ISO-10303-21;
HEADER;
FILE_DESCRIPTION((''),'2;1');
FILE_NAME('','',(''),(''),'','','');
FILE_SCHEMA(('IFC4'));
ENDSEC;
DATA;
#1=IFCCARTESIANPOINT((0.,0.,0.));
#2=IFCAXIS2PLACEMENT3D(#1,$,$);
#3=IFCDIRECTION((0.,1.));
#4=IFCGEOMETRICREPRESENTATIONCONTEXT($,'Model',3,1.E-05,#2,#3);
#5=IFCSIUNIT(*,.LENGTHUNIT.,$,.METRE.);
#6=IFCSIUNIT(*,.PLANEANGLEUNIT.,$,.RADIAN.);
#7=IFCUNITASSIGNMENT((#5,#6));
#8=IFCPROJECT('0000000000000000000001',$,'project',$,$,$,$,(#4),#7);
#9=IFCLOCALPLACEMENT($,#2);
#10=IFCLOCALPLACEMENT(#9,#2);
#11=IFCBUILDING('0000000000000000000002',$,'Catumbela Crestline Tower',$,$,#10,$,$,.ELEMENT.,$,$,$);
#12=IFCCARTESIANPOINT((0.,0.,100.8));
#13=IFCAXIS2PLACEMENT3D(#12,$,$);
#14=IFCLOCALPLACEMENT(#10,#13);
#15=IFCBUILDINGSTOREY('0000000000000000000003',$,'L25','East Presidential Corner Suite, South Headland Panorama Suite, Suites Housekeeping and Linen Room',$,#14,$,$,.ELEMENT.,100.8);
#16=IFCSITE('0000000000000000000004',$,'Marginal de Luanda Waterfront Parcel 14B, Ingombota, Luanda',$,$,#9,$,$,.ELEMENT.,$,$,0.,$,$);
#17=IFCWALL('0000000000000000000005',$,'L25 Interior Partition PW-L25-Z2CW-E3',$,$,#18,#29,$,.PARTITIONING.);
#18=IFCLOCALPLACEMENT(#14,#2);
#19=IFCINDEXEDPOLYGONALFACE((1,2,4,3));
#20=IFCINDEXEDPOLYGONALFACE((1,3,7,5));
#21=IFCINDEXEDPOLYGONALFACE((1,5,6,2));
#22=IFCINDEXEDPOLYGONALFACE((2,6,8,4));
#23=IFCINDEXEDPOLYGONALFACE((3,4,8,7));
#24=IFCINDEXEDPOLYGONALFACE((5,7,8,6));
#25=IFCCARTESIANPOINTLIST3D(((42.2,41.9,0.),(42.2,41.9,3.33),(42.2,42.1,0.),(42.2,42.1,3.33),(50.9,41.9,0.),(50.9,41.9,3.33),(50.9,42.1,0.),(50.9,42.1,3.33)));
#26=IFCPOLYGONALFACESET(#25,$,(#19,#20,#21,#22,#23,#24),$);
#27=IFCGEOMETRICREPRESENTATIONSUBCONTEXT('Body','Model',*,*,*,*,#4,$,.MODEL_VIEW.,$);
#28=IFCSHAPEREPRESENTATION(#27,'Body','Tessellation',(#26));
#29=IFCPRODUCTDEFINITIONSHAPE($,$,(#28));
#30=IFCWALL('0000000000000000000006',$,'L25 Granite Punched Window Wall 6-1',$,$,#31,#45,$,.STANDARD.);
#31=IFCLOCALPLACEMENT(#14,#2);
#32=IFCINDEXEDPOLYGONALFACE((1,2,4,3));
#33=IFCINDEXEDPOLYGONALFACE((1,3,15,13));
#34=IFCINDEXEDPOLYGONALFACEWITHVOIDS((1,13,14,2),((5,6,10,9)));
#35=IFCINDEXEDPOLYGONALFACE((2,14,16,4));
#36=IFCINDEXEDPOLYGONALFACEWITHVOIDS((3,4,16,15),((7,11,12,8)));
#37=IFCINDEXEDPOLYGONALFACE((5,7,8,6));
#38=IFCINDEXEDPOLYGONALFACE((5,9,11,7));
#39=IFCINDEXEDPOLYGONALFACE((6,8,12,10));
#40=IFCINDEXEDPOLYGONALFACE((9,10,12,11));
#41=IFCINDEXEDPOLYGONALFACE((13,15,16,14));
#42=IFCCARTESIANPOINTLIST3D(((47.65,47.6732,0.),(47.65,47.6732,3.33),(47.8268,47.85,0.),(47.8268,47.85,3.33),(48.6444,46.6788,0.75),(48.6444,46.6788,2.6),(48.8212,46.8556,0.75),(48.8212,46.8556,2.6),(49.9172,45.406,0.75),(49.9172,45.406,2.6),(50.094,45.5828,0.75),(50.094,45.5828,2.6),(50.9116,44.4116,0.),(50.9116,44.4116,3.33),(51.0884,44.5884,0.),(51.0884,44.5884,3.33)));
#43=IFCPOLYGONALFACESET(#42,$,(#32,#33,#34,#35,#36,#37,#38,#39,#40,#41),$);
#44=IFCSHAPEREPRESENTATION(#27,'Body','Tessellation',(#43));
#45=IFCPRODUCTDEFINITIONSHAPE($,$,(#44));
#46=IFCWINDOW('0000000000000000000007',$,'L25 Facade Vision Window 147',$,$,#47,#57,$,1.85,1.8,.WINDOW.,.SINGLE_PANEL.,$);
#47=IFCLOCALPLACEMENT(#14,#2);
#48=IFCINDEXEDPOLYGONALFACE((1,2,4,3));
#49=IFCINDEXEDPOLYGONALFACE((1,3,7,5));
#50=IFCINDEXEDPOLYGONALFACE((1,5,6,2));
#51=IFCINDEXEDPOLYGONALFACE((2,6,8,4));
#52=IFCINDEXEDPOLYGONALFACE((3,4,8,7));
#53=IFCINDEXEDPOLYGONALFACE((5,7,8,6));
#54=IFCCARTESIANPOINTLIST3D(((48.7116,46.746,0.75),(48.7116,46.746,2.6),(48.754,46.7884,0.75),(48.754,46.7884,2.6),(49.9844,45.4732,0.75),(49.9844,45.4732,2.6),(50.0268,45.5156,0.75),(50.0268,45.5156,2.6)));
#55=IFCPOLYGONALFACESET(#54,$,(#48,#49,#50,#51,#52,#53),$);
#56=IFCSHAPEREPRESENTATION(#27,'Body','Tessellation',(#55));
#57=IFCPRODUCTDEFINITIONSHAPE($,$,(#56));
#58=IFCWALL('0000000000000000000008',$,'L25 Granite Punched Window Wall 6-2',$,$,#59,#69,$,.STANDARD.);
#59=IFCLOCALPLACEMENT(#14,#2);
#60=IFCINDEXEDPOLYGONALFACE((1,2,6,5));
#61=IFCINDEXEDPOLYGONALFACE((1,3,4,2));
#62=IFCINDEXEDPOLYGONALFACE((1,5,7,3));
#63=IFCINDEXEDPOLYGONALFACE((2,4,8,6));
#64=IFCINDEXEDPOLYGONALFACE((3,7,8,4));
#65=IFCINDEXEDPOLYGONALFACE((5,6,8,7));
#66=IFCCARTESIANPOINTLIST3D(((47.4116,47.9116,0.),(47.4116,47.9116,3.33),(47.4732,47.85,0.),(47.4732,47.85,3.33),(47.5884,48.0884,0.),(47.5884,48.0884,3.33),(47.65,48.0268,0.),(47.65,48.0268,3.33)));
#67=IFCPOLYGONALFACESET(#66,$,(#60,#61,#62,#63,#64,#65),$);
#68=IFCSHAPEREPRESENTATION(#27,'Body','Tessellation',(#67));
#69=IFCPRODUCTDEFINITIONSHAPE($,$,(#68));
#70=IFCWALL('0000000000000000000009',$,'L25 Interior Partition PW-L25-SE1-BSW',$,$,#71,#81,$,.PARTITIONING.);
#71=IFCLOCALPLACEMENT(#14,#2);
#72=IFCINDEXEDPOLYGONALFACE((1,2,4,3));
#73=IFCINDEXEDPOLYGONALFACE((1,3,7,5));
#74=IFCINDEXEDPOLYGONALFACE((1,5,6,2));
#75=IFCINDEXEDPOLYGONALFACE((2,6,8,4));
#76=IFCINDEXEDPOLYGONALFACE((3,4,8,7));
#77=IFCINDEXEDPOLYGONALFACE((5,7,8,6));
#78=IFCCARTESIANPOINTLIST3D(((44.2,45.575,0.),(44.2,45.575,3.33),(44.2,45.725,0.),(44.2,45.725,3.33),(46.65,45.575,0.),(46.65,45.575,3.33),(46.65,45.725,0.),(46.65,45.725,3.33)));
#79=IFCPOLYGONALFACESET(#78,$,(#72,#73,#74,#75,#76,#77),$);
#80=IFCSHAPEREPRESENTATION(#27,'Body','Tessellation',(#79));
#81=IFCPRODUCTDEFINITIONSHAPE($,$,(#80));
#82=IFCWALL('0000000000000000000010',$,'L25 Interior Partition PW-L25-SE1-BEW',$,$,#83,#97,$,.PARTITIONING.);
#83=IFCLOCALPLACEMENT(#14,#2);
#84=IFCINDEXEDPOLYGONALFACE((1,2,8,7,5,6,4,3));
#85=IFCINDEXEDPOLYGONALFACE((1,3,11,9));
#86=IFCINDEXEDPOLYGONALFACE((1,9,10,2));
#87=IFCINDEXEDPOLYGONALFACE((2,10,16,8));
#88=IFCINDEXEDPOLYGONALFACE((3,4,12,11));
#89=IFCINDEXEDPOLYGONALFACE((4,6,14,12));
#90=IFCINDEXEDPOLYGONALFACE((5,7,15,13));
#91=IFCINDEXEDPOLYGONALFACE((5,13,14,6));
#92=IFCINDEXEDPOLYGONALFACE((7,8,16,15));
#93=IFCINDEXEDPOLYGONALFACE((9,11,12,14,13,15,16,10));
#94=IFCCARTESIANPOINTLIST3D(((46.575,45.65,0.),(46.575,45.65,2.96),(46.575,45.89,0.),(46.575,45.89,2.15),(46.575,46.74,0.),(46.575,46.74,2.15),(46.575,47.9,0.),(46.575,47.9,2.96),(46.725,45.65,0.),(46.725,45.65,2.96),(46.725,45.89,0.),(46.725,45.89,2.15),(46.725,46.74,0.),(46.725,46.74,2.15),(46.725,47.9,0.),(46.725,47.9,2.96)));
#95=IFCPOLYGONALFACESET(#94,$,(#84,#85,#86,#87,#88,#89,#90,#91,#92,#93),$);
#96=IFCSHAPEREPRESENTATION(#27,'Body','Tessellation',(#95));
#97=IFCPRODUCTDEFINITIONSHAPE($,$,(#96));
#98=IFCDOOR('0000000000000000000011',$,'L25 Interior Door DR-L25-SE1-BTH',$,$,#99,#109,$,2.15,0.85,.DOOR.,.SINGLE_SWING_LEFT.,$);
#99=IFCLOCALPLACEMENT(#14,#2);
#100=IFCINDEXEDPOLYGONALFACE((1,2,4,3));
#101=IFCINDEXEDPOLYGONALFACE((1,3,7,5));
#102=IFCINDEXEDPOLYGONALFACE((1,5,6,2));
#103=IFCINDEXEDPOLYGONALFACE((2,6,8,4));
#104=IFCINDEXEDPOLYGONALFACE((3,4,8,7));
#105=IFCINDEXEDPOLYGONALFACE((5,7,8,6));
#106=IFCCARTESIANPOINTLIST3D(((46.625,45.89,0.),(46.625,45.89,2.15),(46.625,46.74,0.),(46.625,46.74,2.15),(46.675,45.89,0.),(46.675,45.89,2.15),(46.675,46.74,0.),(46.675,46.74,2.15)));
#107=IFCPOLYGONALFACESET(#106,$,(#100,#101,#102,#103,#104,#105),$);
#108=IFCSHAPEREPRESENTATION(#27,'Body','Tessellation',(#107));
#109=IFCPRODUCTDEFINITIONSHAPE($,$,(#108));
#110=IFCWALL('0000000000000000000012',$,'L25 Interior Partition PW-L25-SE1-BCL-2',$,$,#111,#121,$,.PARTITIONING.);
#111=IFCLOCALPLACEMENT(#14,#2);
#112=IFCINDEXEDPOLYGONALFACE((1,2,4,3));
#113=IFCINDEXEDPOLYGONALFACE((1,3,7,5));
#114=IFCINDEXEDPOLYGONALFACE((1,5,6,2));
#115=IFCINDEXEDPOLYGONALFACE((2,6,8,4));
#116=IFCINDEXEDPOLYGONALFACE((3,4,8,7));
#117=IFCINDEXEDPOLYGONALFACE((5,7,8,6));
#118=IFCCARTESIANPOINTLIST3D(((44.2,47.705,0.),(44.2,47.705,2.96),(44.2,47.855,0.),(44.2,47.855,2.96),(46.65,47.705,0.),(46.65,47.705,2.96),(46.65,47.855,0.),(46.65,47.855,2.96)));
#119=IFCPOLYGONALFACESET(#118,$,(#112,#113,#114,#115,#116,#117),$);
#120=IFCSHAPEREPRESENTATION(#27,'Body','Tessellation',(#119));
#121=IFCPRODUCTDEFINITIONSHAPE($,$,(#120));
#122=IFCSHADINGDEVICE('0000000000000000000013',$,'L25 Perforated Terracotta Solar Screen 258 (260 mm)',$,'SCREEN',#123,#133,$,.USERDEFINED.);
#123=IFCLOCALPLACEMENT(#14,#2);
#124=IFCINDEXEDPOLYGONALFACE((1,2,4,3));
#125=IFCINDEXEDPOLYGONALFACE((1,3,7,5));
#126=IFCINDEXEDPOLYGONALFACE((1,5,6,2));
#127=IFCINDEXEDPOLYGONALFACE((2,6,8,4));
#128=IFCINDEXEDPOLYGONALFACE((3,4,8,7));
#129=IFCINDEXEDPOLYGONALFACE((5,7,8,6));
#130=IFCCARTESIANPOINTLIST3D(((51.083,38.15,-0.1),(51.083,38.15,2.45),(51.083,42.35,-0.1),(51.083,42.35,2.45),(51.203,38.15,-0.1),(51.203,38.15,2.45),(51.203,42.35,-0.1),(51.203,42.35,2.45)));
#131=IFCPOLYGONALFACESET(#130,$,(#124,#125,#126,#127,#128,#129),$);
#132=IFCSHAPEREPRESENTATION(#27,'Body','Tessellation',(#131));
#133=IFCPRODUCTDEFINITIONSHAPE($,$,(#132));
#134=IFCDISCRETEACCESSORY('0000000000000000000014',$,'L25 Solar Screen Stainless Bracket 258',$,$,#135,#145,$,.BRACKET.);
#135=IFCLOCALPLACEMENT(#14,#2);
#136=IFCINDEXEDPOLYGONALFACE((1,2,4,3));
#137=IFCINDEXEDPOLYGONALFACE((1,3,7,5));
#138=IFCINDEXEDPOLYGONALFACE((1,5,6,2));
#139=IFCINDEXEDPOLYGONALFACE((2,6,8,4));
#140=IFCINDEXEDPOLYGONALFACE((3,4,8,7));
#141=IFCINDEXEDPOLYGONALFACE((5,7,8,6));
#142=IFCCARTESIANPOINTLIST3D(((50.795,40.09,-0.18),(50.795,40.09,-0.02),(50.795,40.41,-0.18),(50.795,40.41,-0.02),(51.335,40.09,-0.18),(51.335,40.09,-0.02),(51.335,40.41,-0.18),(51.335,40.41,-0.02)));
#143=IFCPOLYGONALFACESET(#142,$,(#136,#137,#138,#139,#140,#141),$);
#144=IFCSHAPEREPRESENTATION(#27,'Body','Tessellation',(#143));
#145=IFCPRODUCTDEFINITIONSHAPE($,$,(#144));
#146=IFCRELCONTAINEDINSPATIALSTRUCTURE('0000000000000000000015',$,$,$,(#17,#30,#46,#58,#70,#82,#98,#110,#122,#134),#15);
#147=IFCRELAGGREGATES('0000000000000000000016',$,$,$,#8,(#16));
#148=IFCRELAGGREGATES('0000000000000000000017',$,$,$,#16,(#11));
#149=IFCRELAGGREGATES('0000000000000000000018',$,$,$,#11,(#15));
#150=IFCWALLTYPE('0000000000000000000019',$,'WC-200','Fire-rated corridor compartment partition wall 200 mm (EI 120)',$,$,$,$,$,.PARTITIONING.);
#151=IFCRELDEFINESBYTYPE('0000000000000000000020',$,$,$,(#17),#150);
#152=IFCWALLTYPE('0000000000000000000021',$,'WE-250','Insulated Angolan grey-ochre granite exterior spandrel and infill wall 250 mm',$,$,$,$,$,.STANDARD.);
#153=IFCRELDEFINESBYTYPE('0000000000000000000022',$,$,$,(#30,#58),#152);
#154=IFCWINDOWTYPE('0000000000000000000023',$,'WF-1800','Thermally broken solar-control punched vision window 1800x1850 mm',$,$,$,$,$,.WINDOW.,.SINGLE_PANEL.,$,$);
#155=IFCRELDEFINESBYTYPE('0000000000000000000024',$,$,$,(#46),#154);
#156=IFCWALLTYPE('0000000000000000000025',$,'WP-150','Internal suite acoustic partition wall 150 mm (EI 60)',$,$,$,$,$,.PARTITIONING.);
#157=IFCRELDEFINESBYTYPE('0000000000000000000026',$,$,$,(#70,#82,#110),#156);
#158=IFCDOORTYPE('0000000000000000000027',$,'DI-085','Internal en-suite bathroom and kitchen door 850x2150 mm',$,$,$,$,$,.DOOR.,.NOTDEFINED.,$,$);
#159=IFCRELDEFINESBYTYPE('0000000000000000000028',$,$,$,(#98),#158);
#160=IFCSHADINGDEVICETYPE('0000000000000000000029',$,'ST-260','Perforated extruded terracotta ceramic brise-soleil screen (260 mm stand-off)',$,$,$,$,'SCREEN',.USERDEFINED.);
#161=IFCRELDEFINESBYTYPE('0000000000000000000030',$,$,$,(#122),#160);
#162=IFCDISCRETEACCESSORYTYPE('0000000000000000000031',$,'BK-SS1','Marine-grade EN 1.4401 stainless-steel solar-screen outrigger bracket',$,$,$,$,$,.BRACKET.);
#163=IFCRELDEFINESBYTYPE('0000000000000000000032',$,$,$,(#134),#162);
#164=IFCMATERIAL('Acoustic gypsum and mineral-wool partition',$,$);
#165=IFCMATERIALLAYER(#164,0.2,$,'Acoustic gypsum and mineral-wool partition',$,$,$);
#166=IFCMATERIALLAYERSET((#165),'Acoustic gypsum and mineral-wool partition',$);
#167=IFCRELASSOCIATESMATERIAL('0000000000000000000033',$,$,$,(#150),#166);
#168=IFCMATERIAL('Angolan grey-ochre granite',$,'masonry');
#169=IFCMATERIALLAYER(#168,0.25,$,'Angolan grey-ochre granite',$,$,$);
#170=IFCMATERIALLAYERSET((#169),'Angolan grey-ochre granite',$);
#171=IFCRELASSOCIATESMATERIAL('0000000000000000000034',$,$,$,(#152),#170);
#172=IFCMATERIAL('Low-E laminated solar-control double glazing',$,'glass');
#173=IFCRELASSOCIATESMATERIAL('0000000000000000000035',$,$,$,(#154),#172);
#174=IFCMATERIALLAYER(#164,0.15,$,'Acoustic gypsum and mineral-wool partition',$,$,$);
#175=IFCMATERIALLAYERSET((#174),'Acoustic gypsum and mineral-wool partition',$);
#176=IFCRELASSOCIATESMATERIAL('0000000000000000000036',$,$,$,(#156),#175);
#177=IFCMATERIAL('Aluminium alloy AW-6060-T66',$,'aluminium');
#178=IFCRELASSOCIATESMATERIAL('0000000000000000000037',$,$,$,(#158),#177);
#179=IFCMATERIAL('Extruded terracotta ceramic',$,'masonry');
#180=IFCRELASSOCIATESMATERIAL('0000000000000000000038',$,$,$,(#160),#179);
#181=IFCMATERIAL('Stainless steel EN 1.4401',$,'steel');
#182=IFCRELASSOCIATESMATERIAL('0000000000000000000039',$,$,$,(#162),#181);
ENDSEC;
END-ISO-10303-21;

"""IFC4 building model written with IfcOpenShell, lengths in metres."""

from ifc_helpers import new_model, si_unit, direction, frame, frame_2d, origin, origin_2d, place, context, subcontext, project, spatial, rectangle, extrude, material, layer, layer_set, type_object, element, fill, save


model = new_model("IFC4")

# Units and contexts
model_context = context("Model", 3, precision=1e-05, world=origin(), true_north=direction((0.0, 1.0)))
body_context = subcontext(model_context, "Body", "Model", "MODEL_VIEW")
ifc_project = project(units=[si_unit("LENGTHUNIT", "METRE"), si_unit("PLANEANGLEUNIT", "RADIAN")], contexts=[model_context])

# Site, building, storey
site_placement = place(None, origin())
site = spatial("IfcSite", under=ifc_project, at=site_placement, Name="Marginal de Luanda Waterfront Parcel 14B, Ingombota, Luanda", CompositionType="ELEMENT", RefElevation=0.0)
building_placement = place(site_placement, origin())
building = spatial("IfcBuilding", under=site, at=building_placement, Name="Catumbela Crestline Tower", CompositionType="ELEMENT")
storey_placement = place(building_placement, frame((0.0, 0.0, 100.8)))
storey = spatial("IfcBuildingStorey", under=building, at=storey_placement, Name="L25", Description="East Presidential Corner Suite, South Headland Panorama Suite, Suites Housekeeping and Linen Room", CompositionType="ELEMENT", Elevation=100.8)

# Shared definitions
ifc_material_1 = material(Name="Aluminium alloy AW-6060-T66", Category="aluminium")

# Shared definitions
ifc_material_2 = material(Name="Low-E laminated solar-control double glazing", Category="glass")

# Wall
ifc_material_3 = material(Name="Acoustic gypsum and mineral-wool partition")
ifc_layer_1 = layer(ifc_material_3, 0.2, Name="Acoustic gypsum and mineral-wool partition")
ifc_layer_set_1 = layer_set([ifc_layer_1], Name="Acoustic gypsum and mineral-wool partition")
wall_type_1 = type_object("IfcWallType", Name="WC-200", Description="Fire-rated corridor compartment partition wall 200 mm (EI 120)", PredefinedType="PARTITIONING", material=ifc_layer_set_1)
wall_1_placement = place(storey_placement, frame((42.2, 42.0, 0.0), z_axis=(0.0, 0.0, 1.0), x_axis=(1.0, 0.0, 0.0)))
element("IfcWall", 1, at=wall_1_placement, inside=storey, type_object=wall_type_1, Name="L25 Interior Partition PW-L25-Z2CW-E3", PredefinedType="PARTITIONING", context=body_context, shape_type="SweptSolid", body=[
    extrude(rectangle(XDim=8.7, YDim=0.2, at=frame_2d((4.35, 0.0))), origin(), (0.0, 0.0, 1.0), 3.33),
])

# Wall, opening, window
ifc_material_4 = material(Name="Angolan grey-ochre granite", Category="masonry")
ifc_layer_2 = layer(ifc_material_4, 0.25, Name="Angolan grey-ochre granite")
ifc_layer_set_2 = layer_set([ifc_layer_2], Name="Angolan grey-ochre granite")
wall_type_2 = type_object("IfcWallType", Name="WE-250", Description="Insulated Angolan grey-ochre granite exterior spandrel and infill wall 250 mm", PredefinedType="STANDARD", material=ifc_layer_set_2)
wall_2_placement = place(storey_placement, frame((51.0, 44.5, 0.0), z_axis=(0.0, 0.0, 1.0), x_axis=(-0.707107, 0.707107, 0.0)))
wall_2 = element("IfcWall", 2, at=wall_2_placement, inside=storey, type_object=wall_type_2, Name="L25 Granite Punched Window Wall 6-1", PredefinedType="STANDARD", context=body_context, shape_type="SweptSolid", body=[
    extrude(rectangle(XDim=4.6126, YDim=0.25, at=frame_2d((2.3063, 0.0))), origin(), (0.0, 0.0, 1.0), 3.33),
])
opening_1_placement = place(wall_2_placement, frame((1.4063, 0.0, 0.75)))
opening_1 = element("IfcOpeningElement", 3, at=opening_1_placement, cuts=wall_2, PredefinedType="OPENING", context=body_context, shape_type="SweptSolid", body=[
    extrude(rectangle(XDim=1.8, YDim=1.85, at=frame_2d((0.9, 0.925))), frame((0.0, 0.135, 0.0), z_axis=(0.0, -1.0, 0.0), x_axis=(1.0, 0.0, 0.0)), (0.0, 0.0, 1.0), 0.27),
])
window_type = type_object("IfcWindowType", Name="WF-1800", Description="Thermally broken solar-control punched vision window 1800x1850 mm", PartitioningType="SINGLE_PANEL", PredefinedType="WINDOW", material=ifc_material_2)
window_placement = place(opening_1_placement, origin())
window = element("IfcWindow", 4, at=window_placement, inside=storey, type_object=window_type, Name="L25 Facade Vision Window 147", OverallHeight=1.85, OverallWidth=1.8, PartitioningType="SINGLE_PANEL", PredefinedType="WINDOW", context=body_context, shape_type="SweptSolid", body=[
    extrude(rectangle(XDim=1.8, YDim=1.85, at=frame_2d((0.9, 0.925))), frame((0.0, 0.03, 0.0), z_axis=(0.0, -1.0, 0.0), x_axis=(1.0, 0.0, 0.0)), (0.0, 0.0, 1.0), 0.06),
])
fill(opening_1, window)

# Walls
wall_3_placement = place(storey_placement, frame((47.5616, 47.9384, 0.0), z_axis=(0.0, 0.0, 1.0), x_axis=(-0.707107, 0.707107, 0.0)))
element("IfcWall", 5, at=wall_3_placement, inside=storey, type_object=wall_type_2, Name="L25 Granite Punched Window Wall 6-2", PredefinedType="STANDARD", context=body_context, shape_type="SweptSolid", body=[
    extrude(rectangle(XDim=0.0871, YDim=0.25, at=frame_2d((0.0436, 0.0))), origin(), (0.0, 0.0, 1.0), 3.33),
])
ifc_layer_3 = layer(ifc_material_3, 0.15, Name="Acoustic gypsum and mineral-wool partition")
ifc_layer_set_3 = layer_set([ifc_layer_3], Name="Acoustic gypsum and mineral-wool partition")
wall_type_3 = type_object("IfcWallType", Name="WP-150", Description="Internal suite acoustic partition wall 150 mm (EI 60)", PredefinedType="PARTITIONING", material=ifc_layer_set_3)
wall_4_placement = place(storey_placement, frame((44.2, 45.65, 0.0), z_axis=(0.0, 0.0, 1.0), x_axis=(1.0, 0.0, 0.0)))
element("IfcWall", 6, at=wall_4_placement, inside=storey, type_object=wall_type_3, Name="L25 Interior Partition PW-L25-SE1-BSW", PredefinedType="PARTITIONING", context=body_context, shape_type="SweptSolid", body=[
    extrude(rectangle(XDim=2.45, YDim=0.15, at=frame_2d((1.225, 0.0))), origin(), (0.0, 0.0, 1.0), 3.33),
])

# Wall, opening, door
wall_5_placement = place(storey_placement, frame((46.65, 45.65, 0.0), z_axis=(0.0, 0.0, 1.0), x_axis=(0.0, 1.0, 0.0)))
wall_5 = element("IfcWall", 7, at=wall_5_placement, inside=storey, type_object=wall_type_3, Name="L25 Interior Partition PW-L25-SE1-BEW", PredefinedType="PARTITIONING", context=body_context, shape_type="SweptSolid", body=[
    extrude(rectangle(XDim=2.25, YDim=0.15, at=frame_2d((1.125, 0.0))), origin(), (0.0, 0.0, 1.0), 2.96),
])
opening_2_placement = place(wall_5_placement, frame((0.24, 0.0, 0.0)))
opening_2 = element("IfcOpeningElement", 8, at=opening_2_placement, cuts=wall_5, PredefinedType="OPENING", context=body_context, shape_type="SweptSolid", body=[
    extrude(rectangle(XDim=0.85, YDim=2.15, at=frame_2d((0.425, 1.075))), frame((0.0, 0.085, 0.0), z_axis=(0.0, -1.0, 0.0), x_axis=(1.0, 0.0, 0.0)), (0.0, 0.0, 1.0), 0.17),
])
door_type = type_object("IfcDoorType", Name="DI-085", Description="Internal en-suite bathroom and kitchen door 850x2150 mm", OperationType="NOTDEFINED", PredefinedType="DOOR", material=ifc_material_1)
door_placement = place(opening_2_placement, origin())
door = element("IfcDoor", 9, at=door_placement, inside=storey, type_object=door_type, Name="L25 Interior Door DR-L25-SE1-BTH", OperationType="SINGLE_SWING_LEFT", OverallHeight=2.15, OverallWidth=0.85, PredefinedType="DOOR", context=body_context, shape_type="SweptSolid", body=[
    extrude(rectangle(XDim=0.85, YDim=2.15, at=frame_2d((0.425, 1.075))), frame((0.0, 0.025, 0.0), z_axis=(0.0, -1.0, 0.0), x_axis=(1.0, 0.0, 0.0)), (0.0, 0.0, 1.0), 0.05),
])
fill(opening_2, door)

# Wall
wall_6_placement = place(storey_placement, frame((44.2, 47.78, 0.0), z_axis=(0.0, 0.0, 1.0), x_axis=(1.0, 0.0, 0.0)))
element("IfcWall", 10, at=wall_6_placement, inside=storey, type_object=wall_type_3, Name="L25 Interior Partition PW-L25-SE1-BCL-2", PredefinedType="PARTITIONING", context=body_context, shape_type="SweptSolid", body=[
    extrude(rectangle(XDim=2.45, YDim=0.15, at=frame_2d((1.225, 0.0))), origin(), (0.0, 0.0, 1.0), 2.96),
])

# Shading device
ifc_material_5 = material(Name="Extruded terracotta ceramic", Category="masonry")
shading_device_type = type_object("IfcShadingDeviceType", Name="ST-260", Description="Perforated extruded terracotta ceramic brise-soleil screen (260 mm stand-off)", ElementType="SCREEN", PredefinedType="USERDEFINED", material=ifc_material_5)
shading_device_placement = place(storey_placement, frame((51.143, 40.25, -0.1), z_axis=(0.0, 0.0, 1.0), x_axis=(0.0, 1.0, 0.0)))
element("IfcShadingDevice", 11, at=shading_device_placement, inside=storey, type_object=shading_device_type, Name="L25 Perforated Terracotta Solar Screen 258 (260 mm)", ObjectType="SCREEN", PredefinedType="USERDEFINED", context=body_context, shape_type="SweptSolid", body=[
    extrude(rectangle(XDim=4.2, YDim=0.12, at=origin_2d()), origin(), (0.0, 0.0, 1.0), 2.55),
])

# Discrete accessory
ifc_material_6 = material(Name="Stainless steel EN 1.4401", Category="steel")
discrete_accessory_type = type_object("IfcDiscreteAccessoryType", Name="BK-SS1", Description="Marine-grade EN 1.4401 stainless-steel solar-screen outrigger bracket", PredefinedType="BRACKET", material=ifc_material_6)
discrete_accessory_placement = place(storey_placement, frame((51.065, 40.25, -0.18), z_axis=(0.0, 0.0, 1.0), x_axis=(0.0, 1.0, 0.0)))
element("IfcDiscreteAccessory", 12, at=discrete_accessory_placement, inside=storey, type_object=discrete_accessory_type, Name="L25 Solar Screen Stainless Bracket 258", PredefinedType="BRACKET", context=body_context, shape_type="SweptSolid", body=[
    extrude(rectangle(XDim=0.32, YDim=0.54, at=origin_2d()), origin(), (0.0, 0.0, 1.0), 0.16),
])

save(model, "model.ifc")
